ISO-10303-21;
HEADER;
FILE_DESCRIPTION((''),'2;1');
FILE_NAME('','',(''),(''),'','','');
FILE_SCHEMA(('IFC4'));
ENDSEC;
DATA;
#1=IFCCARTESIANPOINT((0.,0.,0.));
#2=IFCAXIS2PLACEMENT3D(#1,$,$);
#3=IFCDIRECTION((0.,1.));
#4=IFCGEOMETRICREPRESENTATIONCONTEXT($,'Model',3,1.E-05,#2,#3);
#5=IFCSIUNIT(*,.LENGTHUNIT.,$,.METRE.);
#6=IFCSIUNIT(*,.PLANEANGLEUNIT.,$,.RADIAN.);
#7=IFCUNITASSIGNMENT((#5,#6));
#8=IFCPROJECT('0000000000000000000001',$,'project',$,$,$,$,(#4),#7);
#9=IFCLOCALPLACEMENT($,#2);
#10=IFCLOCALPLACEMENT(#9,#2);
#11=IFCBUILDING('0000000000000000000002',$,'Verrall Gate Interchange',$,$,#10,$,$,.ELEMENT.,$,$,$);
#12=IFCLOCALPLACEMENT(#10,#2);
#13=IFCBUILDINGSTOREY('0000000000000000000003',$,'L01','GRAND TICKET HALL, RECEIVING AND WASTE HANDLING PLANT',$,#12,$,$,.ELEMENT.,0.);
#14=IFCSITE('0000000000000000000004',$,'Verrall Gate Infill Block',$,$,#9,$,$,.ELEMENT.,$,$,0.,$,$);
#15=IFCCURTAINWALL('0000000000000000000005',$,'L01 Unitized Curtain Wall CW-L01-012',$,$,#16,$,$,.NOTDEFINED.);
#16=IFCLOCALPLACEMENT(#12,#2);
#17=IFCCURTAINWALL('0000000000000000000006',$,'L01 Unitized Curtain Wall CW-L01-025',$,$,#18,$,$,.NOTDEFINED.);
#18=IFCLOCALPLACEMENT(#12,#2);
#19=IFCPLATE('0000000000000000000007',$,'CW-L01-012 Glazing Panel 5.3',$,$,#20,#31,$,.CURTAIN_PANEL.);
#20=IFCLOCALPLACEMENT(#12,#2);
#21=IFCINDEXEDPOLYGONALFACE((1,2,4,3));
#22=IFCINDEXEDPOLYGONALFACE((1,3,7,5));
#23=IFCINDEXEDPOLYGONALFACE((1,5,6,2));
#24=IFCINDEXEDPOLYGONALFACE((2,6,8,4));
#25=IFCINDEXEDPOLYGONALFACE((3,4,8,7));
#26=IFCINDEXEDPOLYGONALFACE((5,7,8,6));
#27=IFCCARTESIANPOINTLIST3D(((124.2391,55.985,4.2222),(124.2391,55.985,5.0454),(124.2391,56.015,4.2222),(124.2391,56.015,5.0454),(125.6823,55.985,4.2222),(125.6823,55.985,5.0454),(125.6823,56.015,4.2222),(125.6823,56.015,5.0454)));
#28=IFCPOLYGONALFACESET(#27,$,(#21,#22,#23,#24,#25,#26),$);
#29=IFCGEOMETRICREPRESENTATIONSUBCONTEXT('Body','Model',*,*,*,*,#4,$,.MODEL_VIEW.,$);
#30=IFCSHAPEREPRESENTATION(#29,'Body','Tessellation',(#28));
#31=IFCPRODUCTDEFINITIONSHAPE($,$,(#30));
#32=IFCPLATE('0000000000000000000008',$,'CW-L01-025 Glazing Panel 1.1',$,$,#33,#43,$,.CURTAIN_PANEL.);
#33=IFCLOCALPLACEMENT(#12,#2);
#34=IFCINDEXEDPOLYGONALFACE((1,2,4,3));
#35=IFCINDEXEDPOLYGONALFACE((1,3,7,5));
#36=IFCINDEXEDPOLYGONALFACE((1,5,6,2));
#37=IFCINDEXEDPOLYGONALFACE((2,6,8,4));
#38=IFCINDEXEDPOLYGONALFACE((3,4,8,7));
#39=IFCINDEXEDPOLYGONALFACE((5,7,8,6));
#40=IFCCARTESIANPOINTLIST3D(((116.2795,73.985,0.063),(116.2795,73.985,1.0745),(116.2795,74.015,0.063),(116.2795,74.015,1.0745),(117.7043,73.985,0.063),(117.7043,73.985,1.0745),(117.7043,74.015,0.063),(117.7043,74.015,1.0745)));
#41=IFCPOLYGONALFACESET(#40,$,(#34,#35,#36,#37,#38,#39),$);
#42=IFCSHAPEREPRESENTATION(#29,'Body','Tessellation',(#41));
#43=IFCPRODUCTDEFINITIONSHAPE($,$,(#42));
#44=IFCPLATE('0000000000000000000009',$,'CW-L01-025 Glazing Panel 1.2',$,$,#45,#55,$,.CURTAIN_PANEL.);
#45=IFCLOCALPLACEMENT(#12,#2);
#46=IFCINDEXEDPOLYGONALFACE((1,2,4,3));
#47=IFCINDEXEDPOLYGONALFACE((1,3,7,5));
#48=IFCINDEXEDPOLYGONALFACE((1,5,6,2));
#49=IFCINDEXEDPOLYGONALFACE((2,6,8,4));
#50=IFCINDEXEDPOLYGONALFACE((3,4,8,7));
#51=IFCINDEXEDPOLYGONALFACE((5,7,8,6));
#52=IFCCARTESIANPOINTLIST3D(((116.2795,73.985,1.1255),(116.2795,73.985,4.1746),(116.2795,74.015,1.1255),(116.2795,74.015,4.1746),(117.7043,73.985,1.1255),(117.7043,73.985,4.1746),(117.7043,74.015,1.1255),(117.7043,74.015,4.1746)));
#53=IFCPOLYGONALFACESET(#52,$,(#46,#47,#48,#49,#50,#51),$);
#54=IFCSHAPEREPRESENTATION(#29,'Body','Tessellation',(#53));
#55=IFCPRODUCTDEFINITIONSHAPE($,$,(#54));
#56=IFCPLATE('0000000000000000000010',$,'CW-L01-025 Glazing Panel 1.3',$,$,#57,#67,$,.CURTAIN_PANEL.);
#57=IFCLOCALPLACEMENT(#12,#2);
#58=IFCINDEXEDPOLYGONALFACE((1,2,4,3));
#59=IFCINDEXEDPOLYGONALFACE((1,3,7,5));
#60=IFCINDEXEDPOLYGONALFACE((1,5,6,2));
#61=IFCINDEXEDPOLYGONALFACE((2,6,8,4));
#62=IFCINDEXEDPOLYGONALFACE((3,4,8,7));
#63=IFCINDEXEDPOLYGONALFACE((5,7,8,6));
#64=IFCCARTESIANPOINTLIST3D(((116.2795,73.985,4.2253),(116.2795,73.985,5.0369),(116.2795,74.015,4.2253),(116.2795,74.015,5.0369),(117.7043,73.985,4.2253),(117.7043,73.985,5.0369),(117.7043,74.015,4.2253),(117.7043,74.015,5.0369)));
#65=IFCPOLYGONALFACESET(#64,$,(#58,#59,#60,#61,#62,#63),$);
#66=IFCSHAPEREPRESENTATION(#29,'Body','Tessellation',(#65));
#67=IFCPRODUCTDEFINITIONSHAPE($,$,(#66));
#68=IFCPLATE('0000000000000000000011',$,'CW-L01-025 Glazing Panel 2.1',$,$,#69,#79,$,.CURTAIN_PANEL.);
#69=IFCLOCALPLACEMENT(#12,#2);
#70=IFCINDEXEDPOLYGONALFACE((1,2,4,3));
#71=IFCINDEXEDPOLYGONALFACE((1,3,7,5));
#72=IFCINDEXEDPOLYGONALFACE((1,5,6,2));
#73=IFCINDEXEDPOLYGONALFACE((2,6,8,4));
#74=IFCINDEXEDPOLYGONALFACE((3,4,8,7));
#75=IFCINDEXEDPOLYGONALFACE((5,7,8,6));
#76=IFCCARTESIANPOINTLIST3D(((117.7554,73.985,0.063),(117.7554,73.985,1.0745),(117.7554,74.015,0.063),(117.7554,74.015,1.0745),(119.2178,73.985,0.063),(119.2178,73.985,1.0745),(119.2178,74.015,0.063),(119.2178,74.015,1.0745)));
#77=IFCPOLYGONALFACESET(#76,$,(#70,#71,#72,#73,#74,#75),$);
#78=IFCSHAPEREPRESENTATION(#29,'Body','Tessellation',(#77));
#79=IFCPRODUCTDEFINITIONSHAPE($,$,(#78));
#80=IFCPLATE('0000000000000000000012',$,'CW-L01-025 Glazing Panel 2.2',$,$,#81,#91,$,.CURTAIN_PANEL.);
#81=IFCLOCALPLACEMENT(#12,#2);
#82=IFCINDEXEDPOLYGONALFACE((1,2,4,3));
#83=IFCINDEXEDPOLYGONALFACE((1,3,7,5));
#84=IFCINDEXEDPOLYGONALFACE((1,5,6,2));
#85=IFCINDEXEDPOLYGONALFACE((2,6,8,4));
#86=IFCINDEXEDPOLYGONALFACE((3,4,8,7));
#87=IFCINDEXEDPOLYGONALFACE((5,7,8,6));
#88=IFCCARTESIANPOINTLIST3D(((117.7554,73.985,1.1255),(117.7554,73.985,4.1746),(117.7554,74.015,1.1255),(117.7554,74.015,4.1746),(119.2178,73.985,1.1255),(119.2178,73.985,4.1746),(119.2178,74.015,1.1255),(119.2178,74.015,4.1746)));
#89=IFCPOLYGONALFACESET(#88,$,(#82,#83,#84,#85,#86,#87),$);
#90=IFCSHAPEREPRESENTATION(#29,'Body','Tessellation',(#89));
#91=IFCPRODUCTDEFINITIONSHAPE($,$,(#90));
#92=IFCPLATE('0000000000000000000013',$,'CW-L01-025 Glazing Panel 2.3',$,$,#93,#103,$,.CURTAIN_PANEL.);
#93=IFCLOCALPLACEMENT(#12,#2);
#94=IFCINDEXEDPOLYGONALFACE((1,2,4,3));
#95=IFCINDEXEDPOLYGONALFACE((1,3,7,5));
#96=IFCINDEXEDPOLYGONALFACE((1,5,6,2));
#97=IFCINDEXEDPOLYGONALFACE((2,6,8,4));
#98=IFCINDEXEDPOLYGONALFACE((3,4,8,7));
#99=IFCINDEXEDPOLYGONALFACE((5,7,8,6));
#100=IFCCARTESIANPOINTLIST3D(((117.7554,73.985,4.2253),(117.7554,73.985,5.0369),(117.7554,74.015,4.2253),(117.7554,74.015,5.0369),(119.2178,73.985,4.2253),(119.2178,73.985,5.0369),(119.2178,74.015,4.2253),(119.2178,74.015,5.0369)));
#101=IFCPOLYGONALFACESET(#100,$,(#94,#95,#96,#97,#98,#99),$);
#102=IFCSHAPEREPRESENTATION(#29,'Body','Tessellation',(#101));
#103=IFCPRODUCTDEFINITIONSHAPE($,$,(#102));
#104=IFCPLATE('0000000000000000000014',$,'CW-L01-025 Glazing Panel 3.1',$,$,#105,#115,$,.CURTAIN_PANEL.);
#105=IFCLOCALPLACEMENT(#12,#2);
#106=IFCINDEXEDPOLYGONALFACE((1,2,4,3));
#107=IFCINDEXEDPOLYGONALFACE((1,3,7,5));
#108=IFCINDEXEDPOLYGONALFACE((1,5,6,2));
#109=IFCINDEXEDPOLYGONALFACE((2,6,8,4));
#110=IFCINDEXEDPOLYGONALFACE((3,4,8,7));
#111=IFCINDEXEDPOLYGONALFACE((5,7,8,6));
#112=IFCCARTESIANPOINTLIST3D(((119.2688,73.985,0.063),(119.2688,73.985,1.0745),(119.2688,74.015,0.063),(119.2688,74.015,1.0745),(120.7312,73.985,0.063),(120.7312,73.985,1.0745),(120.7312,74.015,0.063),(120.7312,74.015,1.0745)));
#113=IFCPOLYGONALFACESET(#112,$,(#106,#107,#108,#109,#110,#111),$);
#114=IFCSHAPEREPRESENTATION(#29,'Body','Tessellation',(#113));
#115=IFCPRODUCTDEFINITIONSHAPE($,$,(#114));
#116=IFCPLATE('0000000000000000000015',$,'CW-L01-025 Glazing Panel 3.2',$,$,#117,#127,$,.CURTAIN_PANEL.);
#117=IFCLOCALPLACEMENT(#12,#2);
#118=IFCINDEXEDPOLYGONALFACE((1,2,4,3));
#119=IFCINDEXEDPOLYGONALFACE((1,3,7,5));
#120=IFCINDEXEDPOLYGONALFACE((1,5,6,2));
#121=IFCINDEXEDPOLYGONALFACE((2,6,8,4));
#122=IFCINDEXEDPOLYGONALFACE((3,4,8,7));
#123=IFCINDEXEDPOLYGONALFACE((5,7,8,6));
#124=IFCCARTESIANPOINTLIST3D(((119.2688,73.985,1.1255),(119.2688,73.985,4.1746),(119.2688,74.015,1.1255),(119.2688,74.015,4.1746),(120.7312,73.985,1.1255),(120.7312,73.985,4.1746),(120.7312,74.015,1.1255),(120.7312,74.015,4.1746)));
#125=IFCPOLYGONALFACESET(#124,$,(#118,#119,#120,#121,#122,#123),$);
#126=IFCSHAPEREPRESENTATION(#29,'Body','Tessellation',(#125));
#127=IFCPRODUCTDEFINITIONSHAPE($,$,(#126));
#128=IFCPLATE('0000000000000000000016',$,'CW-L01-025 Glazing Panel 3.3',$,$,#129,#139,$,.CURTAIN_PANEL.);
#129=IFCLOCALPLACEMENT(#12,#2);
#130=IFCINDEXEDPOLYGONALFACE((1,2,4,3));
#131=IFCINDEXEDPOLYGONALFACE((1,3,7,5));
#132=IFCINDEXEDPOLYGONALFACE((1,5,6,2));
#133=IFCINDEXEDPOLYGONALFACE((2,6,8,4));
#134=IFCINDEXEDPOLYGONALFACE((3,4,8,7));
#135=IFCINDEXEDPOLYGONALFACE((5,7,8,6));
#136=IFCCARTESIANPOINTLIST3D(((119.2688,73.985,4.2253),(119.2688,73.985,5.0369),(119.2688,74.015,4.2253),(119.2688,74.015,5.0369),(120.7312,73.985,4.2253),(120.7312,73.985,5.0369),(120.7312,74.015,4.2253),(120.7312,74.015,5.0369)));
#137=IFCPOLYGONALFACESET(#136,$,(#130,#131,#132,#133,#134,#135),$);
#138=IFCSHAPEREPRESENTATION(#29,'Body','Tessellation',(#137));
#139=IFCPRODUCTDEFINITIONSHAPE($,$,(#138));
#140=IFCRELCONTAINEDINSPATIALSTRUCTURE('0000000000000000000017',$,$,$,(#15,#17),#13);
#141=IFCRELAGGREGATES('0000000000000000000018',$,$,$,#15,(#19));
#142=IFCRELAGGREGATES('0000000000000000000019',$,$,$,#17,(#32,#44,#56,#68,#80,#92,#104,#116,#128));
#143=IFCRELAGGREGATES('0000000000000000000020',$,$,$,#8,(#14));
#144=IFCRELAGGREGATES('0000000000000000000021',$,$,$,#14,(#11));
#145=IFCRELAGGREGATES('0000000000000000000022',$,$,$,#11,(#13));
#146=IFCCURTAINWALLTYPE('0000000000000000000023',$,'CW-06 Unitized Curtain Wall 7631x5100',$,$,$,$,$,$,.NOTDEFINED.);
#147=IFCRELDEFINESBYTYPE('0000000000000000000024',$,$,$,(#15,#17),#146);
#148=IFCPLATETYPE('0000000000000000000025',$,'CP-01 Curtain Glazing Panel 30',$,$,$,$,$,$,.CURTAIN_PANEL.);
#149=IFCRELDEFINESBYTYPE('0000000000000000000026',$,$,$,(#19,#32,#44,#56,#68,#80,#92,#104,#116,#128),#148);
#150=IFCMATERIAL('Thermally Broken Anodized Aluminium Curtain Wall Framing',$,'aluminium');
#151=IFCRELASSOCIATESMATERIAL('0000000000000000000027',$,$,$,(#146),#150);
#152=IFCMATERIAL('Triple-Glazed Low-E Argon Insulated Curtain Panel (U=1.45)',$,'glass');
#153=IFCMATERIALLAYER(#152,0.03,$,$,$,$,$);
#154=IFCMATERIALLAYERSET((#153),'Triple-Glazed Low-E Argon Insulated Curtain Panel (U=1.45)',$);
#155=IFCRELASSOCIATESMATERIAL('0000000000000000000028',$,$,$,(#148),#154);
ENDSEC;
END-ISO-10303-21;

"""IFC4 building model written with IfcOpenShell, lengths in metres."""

from ifc_helpers import new_model, si_unit, direction, frame, origin, origin_2d, place, context, subcontext, project, spatial, rectangle, extrude, material, layer, layer_set, type_object, element, aggregate, save


model = new_model("IFC4")

# Units and contexts
model_context = context("Model", 3, precision=1e-05, world=origin(), true_north=direction((0.0, 1.0)))
body_context = subcontext(model_context, "Body", "Model", "MODEL_VIEW")
ifc_project = project(units=[si_unit("LENGTHUNIT", "METRE"), si_unit("PLANEANGLEUNIT", "RADIAN")], contexts=[model_context])

# Site, building, storey
site_placement = place(None, origin())
site = spatial("IfcSite", under=ifc_project, at=site_placement, Name="Verrall Gate Infill Block", CompositionType="ELEMENT", RefElevation=0.0)
building_placement = place(site_placement, origin())
building = spatial("IfcBuilding", under=site, at=building_placement, Name="Verrall Gate Interchange", CompositionType="ELEMENT")
storey_placement = place(building_placement, origin())
storey = spatial("IfcBuildingStorey", under=building, at=storey_placement, Name="L01", Description="GRAND TICKET HALL, RECEIVING AND WASTE HANDLING PLANT", CompositionType="ELEMENT", Elevation=0.0)

# Curtain wall
ifc_material_1 = material(Name="Thermally Broken Anodized Aluminium Curtain Wall Framing", Category="aluminium")
curtain_wall_type = type_object("IfcCurtainWallType", Name="CW-06 Unitized Curtain Wall 7631x5100", PredefinedType="NOTDEFINED", material=ifc_material_1)
curtain_wall_1_placement = place(storey_placement, origin())
curtain_wall_1 = element("IfcCurtainWall", 1, at=curtain_wall_1_placement, inside=storey, type_object=curtain_wall_type, Name="L01 Unitized Curtain Wall CW-L01-012", PredefinedType="NOTDEFINED")

# Curtain wall
curtain_wall_2_placement = place(storey_placement, origin())
curtain_wall_2 = element("IfcCurtainWall", 2, at=curtain_wall_2_placement, inside=storey, type_object=curtain_wall_type, Name="L01 Unitized Curtain Wall CW-L01-025", PredefinedType="NOTDEFINED")

# Plates
ifc_material_2 = material(Name="Triple-Glazed Low-E Argon Insulated Curtain Panel (U=1.45)", Category="glass")
ifc_layer_1 = layer(ifc_material_2, 0.03)
ifc_layer_set_1 = layer_set([ifc_layer_1], Name="Triple-Glazed Low-E Argon Insulated Curtain Panel (U=1.45)")
plate_type_1 = type_object("IfcPlateType", Name="CP-01 Curtain Glazing Panel 30", PredefinedType="CURTAIN_PANEL", material=ifc_layer_set_1)
plate_1_placement = place(storey_placement, frame((124.9607, 56.0, 4.2222), z_axis=(0.0, 0.0, 1.0), x_axis=(-1.0, 0.0, 0.0)))
plate_1 = element("IfcPlate", 3, at=plate_1_placement, type_object=plate_type_1, Name="CW-L01-012 Glazing Panel 5.3", PredefinedType="CURTAIN_PANEL", context=body_context, shape_type="SweptSolid", body=[
    extrude(rectangle(XDim=1.4431, YDim=0.03, at=origin_2d()), origin(), (0.0, 0.0, 1.0), 0.8232),
])
aggregate(curtain_wall_1, [plate_1])
plate_2_placement = place(storey_placement, frame((116.9919, 74.0, 0.063), z_axis=(0.0, 0.0, 1.0), x_axis=(1.0, 0.0, 0.0)))
plate_2 = element("IfcPlate", 4, at=plate_2_placement, type_object=plate_type_1, Name="CW-L01-025 Glazing Panel 1.1", PredefinedType="CURTAIN_PANEL", context=body_context, shape_type="SweptSolid", body=[
    extrude(rectangle(XDim=1.4248, YDim=0.03, at=origin_2d()), origin(), (0.0, 0.0, 1.0), 1.0115),
])
plate_3_placement = place(storey_placement, frame((116.9919, 74.0, 1.1255), z_axis=(0.0, 0.0, 1.0), x_axis=(1.0, 0.0, 0.0)))
plate_3 = element("IfcPlate", 5, at=plate_3_placement, type_object=plate_type_1, Name="CW-L01-025 Glazing Panel 1.2", PredefinedType="CURTAIN_PANEL", context=body_context, shape_type="SweptSolid", body=[
    extrude(rectangle(XDim=1.4248, YDim=0.03, at=origin_2d()), origin(), (0.0, 0.0, 1.0), 3.0491),
])
plate_4_placement = place(storey_placement, frame((116.9919, 74.0, 4.2253), z_axis=(0.0, 0.0, 1.0), x_axis=(1.0, 0.0, 0.0)))
plate_4 = element("IfcPlate", 6, at=plate_4_placement, type_object=plate_type_1, Name="CW-L01-025 Glazing Panel 1.3", PredefinedType="CURTAIN_PANEL", context=body_context, shape_type="SweptSolid", body=[
    extrude(rectangle(XDim=1.4248, YDim=0.03, at=origin_2d()), origin(), (0.0, 0.0, 1.0), 0.8115),
])
plate_5_placement = place(storey_placement, frame((118.4866, 74.0, 0.063), z_axis=(0.0, 0.0, 1.0), x_axis=(1.0, 0.0, 0.0)))
plate_5 = element("IfcPlate", 7, at=plate_5_placement, type_object=plate_type_1, Name="CW-L01-025 Glazing Panel 2.1", PredefinedType="CURTAIN_PANEL", context=body_context, shape_type="SweptSolid", body=[
    extrude(rectangle(XDim=1.4624, YDim=0.03, at=origin_2d()), origin(), (0.0, 0.0, 1.0), 1.0115),
])
plate_6_placement = place(storey_placement, frame((118.4866, 74.0, 1.1255), z_axis=(0.0, 0.0, 1.0), x_axis=(1.0, 0.0, 0.0)))
plate_6 = element("IfcPlate", 8, at=plate_6_placement, type_object=plate_type_1, Name="CW-L01-025 Glazing Panel 2.2", PredefinedType="CURTAIN_PANEL", context=body_context, shape_type="SweptSolid", body=[
    extrude(rectangle(XDim=1.4624, YDim=0.03, at=origin_2d()), origin(), (0.0, 0.0, 1.0), 3.0491),
])
plate_7_placement = place(storey_placement, frame((118.4866, 74.0, 4.2253), z_axis=(0.0, 0.0, 1.0), x_axis=(1.0, 0.0, 0.0)))
plate_7 = element("IfcPlate", 9, at=plate_7_placement, type_object=plate_type_1, Name="CW-L01-025 Glazing Panel 2.3", PredefinedType="CURTAIN_PANEL", context=body_context, shape_type="SweptSolid", body=[
    extrude(rectangle(XDim=1.4624, YDim=0.03, at=origin_2d()), origin(), (0.0, 0.0, 1.0), 0.8115),
])
plate_8_placement = place(storey_placement, frame((120.0, 74.0, 0.063), z_axis=(0.0, 0.0, 1.0), x_axis=(1.0, 0.0, 0.0)))
plate_8 = element("IfcPlate", 10, at=plate_8_placement, type_object=plate_type_1, Name="CW-L01-025 Glazing Panel 3.1", PredefinedType="CURTAIN_PANEL", context=body_context, shape_type="SweptSolid", body=[
    extrude(rectangle(XDim=1.4624, YDim=0.03, at=origin_2d()), origin(), (0.0, 0.0, 1.0), 1.0115),
])
plate_9_placement = place(storey_placement, frame((120.0, 74.0, 1.1255), z_axis=(0.0, 0.0, 1.0), x_axis=(1.0, 0.0, 0.0)))
plate_9 = element("IfcPlate", 11, at=plate_9_placement, type_object=plate_type_1, Name="CW-L01-025 Glazing Panel 3.2", PredefinedType="CURTAIN_PANEL", context=body_context, shape_type="SweptSolid", body=[
    extrude(rectangle(XDim=1.4624, YDim=0.03, at=origin_2d()), origin(), (0.0, 0.0, 1.0), 3.0491),
])
plate_10_placement = place(storey_placement, frame((120.0, 74.0, 4.2253), z_axis=(0.0, 0.0, 1.0), x_axis=(1.0, 0.0, 0.0)))
plate_10 = element("IfcPlate", 12, at=plate_10_placement, type_object=plate_type_1, Name="CW-L01-025 Glazing Panel 3.3", PredefinedType="CURTAIN_PANEL", context=body_context, shape_type="SweptSolid", body=[
    extrude(rectangle(XDim=1.4624, YDim=0.03, at=origin_2d()), origin(), (0.0, 0.0, 1.0), 0.8115),
])
aggregate(curtain_wall_2, [plate_2, plate_3, plate_4, plate_5, plate_6, plate_7, plate_8, plate_9, plate_10])

save(model, "model.ifc")
